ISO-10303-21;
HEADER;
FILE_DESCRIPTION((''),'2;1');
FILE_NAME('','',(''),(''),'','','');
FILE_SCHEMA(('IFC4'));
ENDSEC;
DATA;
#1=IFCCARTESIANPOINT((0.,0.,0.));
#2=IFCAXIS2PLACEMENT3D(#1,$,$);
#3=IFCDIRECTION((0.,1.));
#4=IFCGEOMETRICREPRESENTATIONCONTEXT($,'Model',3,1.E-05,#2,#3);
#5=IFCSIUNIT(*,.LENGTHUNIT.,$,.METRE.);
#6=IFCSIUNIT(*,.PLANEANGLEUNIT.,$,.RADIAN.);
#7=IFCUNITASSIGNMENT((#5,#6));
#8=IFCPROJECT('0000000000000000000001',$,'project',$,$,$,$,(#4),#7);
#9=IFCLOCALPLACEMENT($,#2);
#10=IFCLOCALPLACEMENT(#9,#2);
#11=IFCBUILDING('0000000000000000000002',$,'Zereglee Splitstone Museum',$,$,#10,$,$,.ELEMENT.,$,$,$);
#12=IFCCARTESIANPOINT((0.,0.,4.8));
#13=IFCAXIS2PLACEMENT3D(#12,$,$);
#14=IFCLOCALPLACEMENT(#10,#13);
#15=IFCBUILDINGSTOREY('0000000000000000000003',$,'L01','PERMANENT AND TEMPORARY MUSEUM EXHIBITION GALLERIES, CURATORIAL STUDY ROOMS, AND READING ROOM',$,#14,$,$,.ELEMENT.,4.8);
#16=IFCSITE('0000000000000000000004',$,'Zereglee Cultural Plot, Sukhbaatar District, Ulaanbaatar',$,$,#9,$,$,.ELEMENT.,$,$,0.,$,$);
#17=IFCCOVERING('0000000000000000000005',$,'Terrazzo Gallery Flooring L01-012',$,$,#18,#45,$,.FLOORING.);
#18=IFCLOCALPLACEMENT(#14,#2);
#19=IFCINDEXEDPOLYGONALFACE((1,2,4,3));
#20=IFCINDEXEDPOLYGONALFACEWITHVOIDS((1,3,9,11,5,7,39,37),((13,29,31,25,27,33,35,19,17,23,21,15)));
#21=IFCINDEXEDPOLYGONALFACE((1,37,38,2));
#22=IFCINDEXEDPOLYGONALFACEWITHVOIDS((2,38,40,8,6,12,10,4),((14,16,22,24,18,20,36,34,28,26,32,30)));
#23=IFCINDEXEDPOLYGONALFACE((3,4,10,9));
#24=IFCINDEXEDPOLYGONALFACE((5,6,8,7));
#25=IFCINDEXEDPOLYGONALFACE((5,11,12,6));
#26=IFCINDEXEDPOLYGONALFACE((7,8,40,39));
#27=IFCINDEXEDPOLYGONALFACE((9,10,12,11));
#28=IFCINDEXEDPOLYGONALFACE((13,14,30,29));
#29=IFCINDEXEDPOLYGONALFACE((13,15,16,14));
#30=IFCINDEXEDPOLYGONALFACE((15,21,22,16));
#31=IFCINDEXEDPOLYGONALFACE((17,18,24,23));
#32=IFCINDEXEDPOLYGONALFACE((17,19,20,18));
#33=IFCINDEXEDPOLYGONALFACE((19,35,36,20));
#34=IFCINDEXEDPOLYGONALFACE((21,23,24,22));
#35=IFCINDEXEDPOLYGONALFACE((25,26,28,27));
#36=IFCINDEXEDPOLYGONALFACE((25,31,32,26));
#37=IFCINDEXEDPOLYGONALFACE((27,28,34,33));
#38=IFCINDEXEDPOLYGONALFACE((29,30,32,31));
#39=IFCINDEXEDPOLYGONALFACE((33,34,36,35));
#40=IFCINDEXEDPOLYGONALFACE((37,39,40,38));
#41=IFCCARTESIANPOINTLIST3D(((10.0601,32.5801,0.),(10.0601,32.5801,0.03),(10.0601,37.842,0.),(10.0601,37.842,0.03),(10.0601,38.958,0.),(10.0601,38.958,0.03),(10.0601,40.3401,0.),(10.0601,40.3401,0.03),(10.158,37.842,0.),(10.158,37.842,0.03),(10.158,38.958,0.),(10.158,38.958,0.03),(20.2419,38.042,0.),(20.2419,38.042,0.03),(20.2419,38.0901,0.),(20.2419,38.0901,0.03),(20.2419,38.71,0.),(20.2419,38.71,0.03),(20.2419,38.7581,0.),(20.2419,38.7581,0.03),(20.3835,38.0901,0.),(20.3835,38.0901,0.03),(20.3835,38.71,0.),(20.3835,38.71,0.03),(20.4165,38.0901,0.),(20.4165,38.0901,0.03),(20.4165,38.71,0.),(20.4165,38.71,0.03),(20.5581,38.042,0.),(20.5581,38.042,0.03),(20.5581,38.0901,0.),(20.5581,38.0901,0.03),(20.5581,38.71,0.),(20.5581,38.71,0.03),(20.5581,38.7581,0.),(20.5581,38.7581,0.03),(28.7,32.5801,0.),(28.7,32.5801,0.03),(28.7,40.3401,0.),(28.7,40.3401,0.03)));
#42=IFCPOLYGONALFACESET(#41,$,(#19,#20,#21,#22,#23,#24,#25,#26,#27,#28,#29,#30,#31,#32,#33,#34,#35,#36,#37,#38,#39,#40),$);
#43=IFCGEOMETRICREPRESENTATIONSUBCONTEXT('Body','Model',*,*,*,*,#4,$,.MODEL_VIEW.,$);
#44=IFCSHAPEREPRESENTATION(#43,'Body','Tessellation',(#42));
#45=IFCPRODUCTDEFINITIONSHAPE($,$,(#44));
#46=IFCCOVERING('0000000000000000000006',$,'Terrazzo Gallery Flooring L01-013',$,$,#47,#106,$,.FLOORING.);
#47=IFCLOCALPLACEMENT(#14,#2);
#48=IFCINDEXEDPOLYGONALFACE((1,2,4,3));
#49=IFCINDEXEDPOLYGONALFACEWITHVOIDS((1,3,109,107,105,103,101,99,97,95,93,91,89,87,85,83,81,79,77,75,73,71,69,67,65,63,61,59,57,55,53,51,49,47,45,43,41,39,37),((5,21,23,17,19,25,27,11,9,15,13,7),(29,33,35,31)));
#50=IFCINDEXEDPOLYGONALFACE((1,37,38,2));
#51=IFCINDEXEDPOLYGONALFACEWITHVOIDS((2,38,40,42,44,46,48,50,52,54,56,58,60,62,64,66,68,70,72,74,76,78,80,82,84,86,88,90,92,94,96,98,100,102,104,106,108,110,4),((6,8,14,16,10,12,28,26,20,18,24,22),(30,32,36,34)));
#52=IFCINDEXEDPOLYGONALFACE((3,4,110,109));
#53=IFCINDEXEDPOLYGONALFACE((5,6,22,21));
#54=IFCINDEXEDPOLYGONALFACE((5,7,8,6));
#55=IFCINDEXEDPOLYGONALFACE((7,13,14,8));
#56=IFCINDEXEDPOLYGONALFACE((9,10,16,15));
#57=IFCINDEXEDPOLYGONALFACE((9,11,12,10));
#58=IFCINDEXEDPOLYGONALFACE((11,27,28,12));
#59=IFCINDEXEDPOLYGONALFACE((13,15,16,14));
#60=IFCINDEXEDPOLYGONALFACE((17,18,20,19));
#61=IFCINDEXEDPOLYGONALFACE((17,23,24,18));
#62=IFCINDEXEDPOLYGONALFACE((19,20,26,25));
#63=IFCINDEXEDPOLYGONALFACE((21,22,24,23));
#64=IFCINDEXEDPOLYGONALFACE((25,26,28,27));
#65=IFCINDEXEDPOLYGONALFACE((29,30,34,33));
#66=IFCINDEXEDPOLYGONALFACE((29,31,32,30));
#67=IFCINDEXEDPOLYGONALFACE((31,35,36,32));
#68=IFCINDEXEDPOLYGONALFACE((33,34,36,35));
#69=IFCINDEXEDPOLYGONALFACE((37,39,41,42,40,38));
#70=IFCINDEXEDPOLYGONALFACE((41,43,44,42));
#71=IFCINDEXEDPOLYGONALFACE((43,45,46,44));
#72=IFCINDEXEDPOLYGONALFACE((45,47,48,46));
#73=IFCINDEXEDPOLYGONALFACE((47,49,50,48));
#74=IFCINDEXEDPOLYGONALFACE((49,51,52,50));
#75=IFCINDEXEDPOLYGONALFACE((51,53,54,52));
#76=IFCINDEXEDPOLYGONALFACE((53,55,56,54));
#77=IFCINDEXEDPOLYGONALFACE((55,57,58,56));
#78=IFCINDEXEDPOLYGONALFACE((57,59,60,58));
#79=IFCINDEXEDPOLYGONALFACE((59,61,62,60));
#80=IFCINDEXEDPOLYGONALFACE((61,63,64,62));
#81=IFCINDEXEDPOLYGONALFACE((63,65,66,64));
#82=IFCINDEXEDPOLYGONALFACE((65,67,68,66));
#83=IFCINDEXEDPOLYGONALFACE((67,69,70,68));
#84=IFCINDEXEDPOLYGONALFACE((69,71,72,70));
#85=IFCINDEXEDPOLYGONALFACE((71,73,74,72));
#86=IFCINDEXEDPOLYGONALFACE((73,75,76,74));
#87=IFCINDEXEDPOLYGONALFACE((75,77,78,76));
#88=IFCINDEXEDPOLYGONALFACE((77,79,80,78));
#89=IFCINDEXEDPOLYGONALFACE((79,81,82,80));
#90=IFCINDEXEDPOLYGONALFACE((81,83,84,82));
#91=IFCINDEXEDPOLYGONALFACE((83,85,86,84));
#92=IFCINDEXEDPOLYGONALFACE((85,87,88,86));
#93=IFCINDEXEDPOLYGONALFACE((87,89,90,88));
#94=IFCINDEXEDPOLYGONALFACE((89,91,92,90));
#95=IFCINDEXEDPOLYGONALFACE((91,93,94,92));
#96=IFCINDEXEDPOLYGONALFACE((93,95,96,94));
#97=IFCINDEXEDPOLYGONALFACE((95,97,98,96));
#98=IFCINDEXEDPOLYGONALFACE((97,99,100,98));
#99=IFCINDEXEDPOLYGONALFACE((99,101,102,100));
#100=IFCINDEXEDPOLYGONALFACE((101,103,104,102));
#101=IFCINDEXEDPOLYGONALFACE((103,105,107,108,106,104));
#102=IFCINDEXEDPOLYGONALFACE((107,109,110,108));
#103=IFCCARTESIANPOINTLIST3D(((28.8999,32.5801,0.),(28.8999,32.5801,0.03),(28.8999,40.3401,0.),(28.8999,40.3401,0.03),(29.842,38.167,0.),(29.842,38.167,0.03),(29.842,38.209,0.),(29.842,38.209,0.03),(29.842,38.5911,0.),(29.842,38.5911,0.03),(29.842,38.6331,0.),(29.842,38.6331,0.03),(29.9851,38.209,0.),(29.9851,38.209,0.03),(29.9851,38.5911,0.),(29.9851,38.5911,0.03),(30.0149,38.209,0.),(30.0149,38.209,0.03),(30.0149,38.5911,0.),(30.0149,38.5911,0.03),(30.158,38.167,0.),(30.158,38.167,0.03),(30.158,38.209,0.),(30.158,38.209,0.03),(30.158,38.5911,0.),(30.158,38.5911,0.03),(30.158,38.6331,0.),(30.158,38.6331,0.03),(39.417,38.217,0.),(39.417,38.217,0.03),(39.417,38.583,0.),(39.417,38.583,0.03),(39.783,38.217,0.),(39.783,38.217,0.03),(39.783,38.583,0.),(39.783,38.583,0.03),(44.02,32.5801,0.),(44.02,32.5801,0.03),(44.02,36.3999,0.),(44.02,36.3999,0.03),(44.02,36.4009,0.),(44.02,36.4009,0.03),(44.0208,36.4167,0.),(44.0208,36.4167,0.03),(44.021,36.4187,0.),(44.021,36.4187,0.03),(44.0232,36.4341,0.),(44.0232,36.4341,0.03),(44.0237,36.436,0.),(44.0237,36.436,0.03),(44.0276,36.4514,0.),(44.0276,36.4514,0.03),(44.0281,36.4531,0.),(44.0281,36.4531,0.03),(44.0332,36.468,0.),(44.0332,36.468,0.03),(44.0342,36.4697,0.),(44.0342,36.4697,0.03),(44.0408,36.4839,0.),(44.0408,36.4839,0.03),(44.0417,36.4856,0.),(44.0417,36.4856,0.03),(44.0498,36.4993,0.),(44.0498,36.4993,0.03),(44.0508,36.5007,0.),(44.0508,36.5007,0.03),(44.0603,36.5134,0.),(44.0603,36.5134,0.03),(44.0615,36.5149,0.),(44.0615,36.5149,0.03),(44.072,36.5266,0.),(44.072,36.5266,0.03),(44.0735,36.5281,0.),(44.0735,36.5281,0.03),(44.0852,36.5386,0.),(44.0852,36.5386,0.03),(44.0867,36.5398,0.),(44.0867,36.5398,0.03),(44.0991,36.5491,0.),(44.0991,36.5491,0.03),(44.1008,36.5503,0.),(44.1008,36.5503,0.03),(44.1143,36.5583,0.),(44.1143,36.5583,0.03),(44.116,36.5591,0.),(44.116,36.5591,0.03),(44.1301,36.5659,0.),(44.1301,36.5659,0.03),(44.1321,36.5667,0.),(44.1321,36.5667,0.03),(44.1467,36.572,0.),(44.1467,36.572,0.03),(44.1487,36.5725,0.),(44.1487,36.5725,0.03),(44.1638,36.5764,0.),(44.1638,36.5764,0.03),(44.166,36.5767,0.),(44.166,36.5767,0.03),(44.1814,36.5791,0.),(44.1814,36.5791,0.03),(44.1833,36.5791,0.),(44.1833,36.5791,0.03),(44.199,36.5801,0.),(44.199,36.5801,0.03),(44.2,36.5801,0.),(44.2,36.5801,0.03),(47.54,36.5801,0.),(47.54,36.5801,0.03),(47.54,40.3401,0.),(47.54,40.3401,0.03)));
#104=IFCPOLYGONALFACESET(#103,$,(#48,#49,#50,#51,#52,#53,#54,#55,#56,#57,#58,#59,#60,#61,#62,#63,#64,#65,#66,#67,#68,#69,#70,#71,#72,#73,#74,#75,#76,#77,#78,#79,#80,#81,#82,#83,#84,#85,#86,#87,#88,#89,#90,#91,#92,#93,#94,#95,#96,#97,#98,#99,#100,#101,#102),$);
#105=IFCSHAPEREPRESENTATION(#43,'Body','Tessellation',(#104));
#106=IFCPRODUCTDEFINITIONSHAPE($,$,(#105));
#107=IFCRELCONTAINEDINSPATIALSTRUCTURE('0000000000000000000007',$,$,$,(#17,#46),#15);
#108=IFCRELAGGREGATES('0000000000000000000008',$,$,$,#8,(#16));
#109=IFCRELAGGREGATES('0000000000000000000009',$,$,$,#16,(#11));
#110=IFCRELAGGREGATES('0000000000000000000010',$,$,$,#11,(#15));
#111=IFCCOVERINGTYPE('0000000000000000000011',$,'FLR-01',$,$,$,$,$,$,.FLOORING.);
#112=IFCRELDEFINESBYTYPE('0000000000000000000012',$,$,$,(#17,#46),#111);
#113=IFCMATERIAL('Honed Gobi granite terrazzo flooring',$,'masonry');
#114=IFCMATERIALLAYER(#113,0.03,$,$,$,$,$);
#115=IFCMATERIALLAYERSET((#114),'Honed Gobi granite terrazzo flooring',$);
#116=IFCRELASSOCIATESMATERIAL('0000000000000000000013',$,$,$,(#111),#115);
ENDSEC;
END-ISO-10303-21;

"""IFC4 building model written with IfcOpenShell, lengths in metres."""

from ifc_helpers import new_model, si_unit, direction, frame, origin, place, context, subcontext, project, spatial, polyline, outline, extrude, material, layer, layer_set, type_object, element, save


model = new_model("IFC4")

# Units and contexts
model_context = context("Model", 3, precision=1e-05, world=origin(), true_north=direction((0.0, 1.0)))
body_context = subcontext(model_context, "Body", "Model", "MODEL_VIEW")
ifc_project = project(units=[si_unit("LENGTHUNIT", "METRE"), si_unit("PLANEANGLEUNIT", "RADIAN")], contexts=[model_context])

# Site, building, storey
site_placement = place(None, origin())
site = spatial("IfcSite", under=ifc_project, at=site_placement, Name="Zereglee Cultural Plot, Sukhbaatar District, Ulaanbaatar", CompositionType="ELEMENT", RefElevation=0.0)
building_placement = place(site_placement, origin())
building = spatial("IfcBuilding", under=site, at=building_placement, Name="Zereglee Splitstone Museum", CompositionType="ELEMENT")
storey_placement = place(building_placement, frame((0.0, 0.0, 4.8)))
storey = spatial("IfcBuildingStorey", under=building, at=storey_placement, Name="L01", Description="PERMANENT AND TEMPORARY MUSEUM EXHIBITION GALLERIES, CURATORIAL STUDY ROOMS, AND READING ROOM", CompositionType="ELEMENT", Elevation=4.8)

# Coverings
ifc_material_1 = material(Name="Honed Gobi granite terrazzo flooring", Category="masonry")
ifc_layer_1 = layer(ifc_material_1, 0.03)
ifc_layer_set_1 = layer_set([ifc_layer_1], Name="Honed Gobi granite terrazzo flooring")
covering_type_1 = type_object("IfcCoveringType", Name="FLR-01", PredefinedType="FLOORING", material=ifc_layer_set_1)
covering_1_placement = place(storey_placement, origin())
element("IfcCovering", 1, at=covering_1_placement, inside=storey, type_object=covering_type_1, Name="Terrazzo Gallery Flooring L01-012", PredefinedType="FLOORING", context=body_context, shape_type="SweptSolid", body=[
    extrude(outline(polyline([(10.0601, 37.842), (10.158, 37.842), (10.158, 38.958), (10.0601, 38.958), (10.0601, 40.3401), (28.7, 40.3401), (28.7, 32.5801), (10.0601, 32.5801), (10.0601, 37.842)]), holes=[polyline([(20.5581, 38.7581), (20.2419, 38.7581), (20.2419, 38.71), (20.3835, 38.71), (20.3835, 38.0901), (20.2419, 38.0901), (20.2419, 38.042), (20.5581, 38.042), (20.5581, 38.0901), (20.4165, 38.0901), (20.4165, 38.71), (20.5581, 38.71), (20.5581, 38.7581)])]), origin(), (0.0, 0.0, 1.0), 0.03),
])
covering_2_placement = place(storey_placement, origin())
element("IfcCovering", 2, at=covering_2_placement, inside=storey, type_object=covering_type_1, Name="Terrazzo Gallery Flooring L01-013", PredefinedType="FLOORING", context=body_context, shape_type="SweptSolid", body=[
    extrude(outline(polyline([(44.199, 36.5801), (44.1833, 36.5791), (44.1814, 36.5791), (44.166, 36.5767), (44.1638, 36.5764), (44.1487, 36.5725), (44.1467, 36.572), (44.1321, 36.5667), (44.1301, 36.5659), (44.116, 36.5591), (44.1143, 36.5583), (44.1008, 36.5503), (44.0991, 36.5491), (44.0867, 36.5398), (44.0852, 36.5386), (44.0735, 36.5281), (44.072, 36.5266), (44.0615, 36.5149), (44.0603, 36.5134), (44.0508, 36.5007), (44.0498, 36.4993), (44.0417, 36.4856), (44.0408, 36.4839), (44.0342, 36.4697), (44.0332, 36.468), (44.0281, 36.4531), (44.0276, 36.4514), (44.0237, 36.436), (44.0232, 36.4341), (44.021, 36.4187), (44.0208, 36.4167), (44.02, 36.4009), (44.02, 36.3999), (44.02, 32.5801), (28.8999, 32.5801), (28.8999, 40.3401), (47.54, 40.3401), (47.54, 36.5801), (44.2, 36.5801), (44.199, 36.5801)]), holes=[polyline([(39.417, 38.583), (39.417, 38.217), (39.783, 38.217), (39.783, 38.583), (39.417, 38.583)]), polyline([(30.158, 38.5911), (30.158, 38.6331), (29.842, 38.6331), (29.842, 38.5911), (29.9851, 38.5911), (29.9851, 38.209), (29.842, 38.209), (29.842, 38.167), (30.158, 38.167), (30.158, 38.209), (30.0149, 38.209), (30.0149, 38.5911), (30.158, 38.5911)])]), origin(), (0.0, 0.0, 1.0), 0.03),
])

save(model, "model.ifc")
